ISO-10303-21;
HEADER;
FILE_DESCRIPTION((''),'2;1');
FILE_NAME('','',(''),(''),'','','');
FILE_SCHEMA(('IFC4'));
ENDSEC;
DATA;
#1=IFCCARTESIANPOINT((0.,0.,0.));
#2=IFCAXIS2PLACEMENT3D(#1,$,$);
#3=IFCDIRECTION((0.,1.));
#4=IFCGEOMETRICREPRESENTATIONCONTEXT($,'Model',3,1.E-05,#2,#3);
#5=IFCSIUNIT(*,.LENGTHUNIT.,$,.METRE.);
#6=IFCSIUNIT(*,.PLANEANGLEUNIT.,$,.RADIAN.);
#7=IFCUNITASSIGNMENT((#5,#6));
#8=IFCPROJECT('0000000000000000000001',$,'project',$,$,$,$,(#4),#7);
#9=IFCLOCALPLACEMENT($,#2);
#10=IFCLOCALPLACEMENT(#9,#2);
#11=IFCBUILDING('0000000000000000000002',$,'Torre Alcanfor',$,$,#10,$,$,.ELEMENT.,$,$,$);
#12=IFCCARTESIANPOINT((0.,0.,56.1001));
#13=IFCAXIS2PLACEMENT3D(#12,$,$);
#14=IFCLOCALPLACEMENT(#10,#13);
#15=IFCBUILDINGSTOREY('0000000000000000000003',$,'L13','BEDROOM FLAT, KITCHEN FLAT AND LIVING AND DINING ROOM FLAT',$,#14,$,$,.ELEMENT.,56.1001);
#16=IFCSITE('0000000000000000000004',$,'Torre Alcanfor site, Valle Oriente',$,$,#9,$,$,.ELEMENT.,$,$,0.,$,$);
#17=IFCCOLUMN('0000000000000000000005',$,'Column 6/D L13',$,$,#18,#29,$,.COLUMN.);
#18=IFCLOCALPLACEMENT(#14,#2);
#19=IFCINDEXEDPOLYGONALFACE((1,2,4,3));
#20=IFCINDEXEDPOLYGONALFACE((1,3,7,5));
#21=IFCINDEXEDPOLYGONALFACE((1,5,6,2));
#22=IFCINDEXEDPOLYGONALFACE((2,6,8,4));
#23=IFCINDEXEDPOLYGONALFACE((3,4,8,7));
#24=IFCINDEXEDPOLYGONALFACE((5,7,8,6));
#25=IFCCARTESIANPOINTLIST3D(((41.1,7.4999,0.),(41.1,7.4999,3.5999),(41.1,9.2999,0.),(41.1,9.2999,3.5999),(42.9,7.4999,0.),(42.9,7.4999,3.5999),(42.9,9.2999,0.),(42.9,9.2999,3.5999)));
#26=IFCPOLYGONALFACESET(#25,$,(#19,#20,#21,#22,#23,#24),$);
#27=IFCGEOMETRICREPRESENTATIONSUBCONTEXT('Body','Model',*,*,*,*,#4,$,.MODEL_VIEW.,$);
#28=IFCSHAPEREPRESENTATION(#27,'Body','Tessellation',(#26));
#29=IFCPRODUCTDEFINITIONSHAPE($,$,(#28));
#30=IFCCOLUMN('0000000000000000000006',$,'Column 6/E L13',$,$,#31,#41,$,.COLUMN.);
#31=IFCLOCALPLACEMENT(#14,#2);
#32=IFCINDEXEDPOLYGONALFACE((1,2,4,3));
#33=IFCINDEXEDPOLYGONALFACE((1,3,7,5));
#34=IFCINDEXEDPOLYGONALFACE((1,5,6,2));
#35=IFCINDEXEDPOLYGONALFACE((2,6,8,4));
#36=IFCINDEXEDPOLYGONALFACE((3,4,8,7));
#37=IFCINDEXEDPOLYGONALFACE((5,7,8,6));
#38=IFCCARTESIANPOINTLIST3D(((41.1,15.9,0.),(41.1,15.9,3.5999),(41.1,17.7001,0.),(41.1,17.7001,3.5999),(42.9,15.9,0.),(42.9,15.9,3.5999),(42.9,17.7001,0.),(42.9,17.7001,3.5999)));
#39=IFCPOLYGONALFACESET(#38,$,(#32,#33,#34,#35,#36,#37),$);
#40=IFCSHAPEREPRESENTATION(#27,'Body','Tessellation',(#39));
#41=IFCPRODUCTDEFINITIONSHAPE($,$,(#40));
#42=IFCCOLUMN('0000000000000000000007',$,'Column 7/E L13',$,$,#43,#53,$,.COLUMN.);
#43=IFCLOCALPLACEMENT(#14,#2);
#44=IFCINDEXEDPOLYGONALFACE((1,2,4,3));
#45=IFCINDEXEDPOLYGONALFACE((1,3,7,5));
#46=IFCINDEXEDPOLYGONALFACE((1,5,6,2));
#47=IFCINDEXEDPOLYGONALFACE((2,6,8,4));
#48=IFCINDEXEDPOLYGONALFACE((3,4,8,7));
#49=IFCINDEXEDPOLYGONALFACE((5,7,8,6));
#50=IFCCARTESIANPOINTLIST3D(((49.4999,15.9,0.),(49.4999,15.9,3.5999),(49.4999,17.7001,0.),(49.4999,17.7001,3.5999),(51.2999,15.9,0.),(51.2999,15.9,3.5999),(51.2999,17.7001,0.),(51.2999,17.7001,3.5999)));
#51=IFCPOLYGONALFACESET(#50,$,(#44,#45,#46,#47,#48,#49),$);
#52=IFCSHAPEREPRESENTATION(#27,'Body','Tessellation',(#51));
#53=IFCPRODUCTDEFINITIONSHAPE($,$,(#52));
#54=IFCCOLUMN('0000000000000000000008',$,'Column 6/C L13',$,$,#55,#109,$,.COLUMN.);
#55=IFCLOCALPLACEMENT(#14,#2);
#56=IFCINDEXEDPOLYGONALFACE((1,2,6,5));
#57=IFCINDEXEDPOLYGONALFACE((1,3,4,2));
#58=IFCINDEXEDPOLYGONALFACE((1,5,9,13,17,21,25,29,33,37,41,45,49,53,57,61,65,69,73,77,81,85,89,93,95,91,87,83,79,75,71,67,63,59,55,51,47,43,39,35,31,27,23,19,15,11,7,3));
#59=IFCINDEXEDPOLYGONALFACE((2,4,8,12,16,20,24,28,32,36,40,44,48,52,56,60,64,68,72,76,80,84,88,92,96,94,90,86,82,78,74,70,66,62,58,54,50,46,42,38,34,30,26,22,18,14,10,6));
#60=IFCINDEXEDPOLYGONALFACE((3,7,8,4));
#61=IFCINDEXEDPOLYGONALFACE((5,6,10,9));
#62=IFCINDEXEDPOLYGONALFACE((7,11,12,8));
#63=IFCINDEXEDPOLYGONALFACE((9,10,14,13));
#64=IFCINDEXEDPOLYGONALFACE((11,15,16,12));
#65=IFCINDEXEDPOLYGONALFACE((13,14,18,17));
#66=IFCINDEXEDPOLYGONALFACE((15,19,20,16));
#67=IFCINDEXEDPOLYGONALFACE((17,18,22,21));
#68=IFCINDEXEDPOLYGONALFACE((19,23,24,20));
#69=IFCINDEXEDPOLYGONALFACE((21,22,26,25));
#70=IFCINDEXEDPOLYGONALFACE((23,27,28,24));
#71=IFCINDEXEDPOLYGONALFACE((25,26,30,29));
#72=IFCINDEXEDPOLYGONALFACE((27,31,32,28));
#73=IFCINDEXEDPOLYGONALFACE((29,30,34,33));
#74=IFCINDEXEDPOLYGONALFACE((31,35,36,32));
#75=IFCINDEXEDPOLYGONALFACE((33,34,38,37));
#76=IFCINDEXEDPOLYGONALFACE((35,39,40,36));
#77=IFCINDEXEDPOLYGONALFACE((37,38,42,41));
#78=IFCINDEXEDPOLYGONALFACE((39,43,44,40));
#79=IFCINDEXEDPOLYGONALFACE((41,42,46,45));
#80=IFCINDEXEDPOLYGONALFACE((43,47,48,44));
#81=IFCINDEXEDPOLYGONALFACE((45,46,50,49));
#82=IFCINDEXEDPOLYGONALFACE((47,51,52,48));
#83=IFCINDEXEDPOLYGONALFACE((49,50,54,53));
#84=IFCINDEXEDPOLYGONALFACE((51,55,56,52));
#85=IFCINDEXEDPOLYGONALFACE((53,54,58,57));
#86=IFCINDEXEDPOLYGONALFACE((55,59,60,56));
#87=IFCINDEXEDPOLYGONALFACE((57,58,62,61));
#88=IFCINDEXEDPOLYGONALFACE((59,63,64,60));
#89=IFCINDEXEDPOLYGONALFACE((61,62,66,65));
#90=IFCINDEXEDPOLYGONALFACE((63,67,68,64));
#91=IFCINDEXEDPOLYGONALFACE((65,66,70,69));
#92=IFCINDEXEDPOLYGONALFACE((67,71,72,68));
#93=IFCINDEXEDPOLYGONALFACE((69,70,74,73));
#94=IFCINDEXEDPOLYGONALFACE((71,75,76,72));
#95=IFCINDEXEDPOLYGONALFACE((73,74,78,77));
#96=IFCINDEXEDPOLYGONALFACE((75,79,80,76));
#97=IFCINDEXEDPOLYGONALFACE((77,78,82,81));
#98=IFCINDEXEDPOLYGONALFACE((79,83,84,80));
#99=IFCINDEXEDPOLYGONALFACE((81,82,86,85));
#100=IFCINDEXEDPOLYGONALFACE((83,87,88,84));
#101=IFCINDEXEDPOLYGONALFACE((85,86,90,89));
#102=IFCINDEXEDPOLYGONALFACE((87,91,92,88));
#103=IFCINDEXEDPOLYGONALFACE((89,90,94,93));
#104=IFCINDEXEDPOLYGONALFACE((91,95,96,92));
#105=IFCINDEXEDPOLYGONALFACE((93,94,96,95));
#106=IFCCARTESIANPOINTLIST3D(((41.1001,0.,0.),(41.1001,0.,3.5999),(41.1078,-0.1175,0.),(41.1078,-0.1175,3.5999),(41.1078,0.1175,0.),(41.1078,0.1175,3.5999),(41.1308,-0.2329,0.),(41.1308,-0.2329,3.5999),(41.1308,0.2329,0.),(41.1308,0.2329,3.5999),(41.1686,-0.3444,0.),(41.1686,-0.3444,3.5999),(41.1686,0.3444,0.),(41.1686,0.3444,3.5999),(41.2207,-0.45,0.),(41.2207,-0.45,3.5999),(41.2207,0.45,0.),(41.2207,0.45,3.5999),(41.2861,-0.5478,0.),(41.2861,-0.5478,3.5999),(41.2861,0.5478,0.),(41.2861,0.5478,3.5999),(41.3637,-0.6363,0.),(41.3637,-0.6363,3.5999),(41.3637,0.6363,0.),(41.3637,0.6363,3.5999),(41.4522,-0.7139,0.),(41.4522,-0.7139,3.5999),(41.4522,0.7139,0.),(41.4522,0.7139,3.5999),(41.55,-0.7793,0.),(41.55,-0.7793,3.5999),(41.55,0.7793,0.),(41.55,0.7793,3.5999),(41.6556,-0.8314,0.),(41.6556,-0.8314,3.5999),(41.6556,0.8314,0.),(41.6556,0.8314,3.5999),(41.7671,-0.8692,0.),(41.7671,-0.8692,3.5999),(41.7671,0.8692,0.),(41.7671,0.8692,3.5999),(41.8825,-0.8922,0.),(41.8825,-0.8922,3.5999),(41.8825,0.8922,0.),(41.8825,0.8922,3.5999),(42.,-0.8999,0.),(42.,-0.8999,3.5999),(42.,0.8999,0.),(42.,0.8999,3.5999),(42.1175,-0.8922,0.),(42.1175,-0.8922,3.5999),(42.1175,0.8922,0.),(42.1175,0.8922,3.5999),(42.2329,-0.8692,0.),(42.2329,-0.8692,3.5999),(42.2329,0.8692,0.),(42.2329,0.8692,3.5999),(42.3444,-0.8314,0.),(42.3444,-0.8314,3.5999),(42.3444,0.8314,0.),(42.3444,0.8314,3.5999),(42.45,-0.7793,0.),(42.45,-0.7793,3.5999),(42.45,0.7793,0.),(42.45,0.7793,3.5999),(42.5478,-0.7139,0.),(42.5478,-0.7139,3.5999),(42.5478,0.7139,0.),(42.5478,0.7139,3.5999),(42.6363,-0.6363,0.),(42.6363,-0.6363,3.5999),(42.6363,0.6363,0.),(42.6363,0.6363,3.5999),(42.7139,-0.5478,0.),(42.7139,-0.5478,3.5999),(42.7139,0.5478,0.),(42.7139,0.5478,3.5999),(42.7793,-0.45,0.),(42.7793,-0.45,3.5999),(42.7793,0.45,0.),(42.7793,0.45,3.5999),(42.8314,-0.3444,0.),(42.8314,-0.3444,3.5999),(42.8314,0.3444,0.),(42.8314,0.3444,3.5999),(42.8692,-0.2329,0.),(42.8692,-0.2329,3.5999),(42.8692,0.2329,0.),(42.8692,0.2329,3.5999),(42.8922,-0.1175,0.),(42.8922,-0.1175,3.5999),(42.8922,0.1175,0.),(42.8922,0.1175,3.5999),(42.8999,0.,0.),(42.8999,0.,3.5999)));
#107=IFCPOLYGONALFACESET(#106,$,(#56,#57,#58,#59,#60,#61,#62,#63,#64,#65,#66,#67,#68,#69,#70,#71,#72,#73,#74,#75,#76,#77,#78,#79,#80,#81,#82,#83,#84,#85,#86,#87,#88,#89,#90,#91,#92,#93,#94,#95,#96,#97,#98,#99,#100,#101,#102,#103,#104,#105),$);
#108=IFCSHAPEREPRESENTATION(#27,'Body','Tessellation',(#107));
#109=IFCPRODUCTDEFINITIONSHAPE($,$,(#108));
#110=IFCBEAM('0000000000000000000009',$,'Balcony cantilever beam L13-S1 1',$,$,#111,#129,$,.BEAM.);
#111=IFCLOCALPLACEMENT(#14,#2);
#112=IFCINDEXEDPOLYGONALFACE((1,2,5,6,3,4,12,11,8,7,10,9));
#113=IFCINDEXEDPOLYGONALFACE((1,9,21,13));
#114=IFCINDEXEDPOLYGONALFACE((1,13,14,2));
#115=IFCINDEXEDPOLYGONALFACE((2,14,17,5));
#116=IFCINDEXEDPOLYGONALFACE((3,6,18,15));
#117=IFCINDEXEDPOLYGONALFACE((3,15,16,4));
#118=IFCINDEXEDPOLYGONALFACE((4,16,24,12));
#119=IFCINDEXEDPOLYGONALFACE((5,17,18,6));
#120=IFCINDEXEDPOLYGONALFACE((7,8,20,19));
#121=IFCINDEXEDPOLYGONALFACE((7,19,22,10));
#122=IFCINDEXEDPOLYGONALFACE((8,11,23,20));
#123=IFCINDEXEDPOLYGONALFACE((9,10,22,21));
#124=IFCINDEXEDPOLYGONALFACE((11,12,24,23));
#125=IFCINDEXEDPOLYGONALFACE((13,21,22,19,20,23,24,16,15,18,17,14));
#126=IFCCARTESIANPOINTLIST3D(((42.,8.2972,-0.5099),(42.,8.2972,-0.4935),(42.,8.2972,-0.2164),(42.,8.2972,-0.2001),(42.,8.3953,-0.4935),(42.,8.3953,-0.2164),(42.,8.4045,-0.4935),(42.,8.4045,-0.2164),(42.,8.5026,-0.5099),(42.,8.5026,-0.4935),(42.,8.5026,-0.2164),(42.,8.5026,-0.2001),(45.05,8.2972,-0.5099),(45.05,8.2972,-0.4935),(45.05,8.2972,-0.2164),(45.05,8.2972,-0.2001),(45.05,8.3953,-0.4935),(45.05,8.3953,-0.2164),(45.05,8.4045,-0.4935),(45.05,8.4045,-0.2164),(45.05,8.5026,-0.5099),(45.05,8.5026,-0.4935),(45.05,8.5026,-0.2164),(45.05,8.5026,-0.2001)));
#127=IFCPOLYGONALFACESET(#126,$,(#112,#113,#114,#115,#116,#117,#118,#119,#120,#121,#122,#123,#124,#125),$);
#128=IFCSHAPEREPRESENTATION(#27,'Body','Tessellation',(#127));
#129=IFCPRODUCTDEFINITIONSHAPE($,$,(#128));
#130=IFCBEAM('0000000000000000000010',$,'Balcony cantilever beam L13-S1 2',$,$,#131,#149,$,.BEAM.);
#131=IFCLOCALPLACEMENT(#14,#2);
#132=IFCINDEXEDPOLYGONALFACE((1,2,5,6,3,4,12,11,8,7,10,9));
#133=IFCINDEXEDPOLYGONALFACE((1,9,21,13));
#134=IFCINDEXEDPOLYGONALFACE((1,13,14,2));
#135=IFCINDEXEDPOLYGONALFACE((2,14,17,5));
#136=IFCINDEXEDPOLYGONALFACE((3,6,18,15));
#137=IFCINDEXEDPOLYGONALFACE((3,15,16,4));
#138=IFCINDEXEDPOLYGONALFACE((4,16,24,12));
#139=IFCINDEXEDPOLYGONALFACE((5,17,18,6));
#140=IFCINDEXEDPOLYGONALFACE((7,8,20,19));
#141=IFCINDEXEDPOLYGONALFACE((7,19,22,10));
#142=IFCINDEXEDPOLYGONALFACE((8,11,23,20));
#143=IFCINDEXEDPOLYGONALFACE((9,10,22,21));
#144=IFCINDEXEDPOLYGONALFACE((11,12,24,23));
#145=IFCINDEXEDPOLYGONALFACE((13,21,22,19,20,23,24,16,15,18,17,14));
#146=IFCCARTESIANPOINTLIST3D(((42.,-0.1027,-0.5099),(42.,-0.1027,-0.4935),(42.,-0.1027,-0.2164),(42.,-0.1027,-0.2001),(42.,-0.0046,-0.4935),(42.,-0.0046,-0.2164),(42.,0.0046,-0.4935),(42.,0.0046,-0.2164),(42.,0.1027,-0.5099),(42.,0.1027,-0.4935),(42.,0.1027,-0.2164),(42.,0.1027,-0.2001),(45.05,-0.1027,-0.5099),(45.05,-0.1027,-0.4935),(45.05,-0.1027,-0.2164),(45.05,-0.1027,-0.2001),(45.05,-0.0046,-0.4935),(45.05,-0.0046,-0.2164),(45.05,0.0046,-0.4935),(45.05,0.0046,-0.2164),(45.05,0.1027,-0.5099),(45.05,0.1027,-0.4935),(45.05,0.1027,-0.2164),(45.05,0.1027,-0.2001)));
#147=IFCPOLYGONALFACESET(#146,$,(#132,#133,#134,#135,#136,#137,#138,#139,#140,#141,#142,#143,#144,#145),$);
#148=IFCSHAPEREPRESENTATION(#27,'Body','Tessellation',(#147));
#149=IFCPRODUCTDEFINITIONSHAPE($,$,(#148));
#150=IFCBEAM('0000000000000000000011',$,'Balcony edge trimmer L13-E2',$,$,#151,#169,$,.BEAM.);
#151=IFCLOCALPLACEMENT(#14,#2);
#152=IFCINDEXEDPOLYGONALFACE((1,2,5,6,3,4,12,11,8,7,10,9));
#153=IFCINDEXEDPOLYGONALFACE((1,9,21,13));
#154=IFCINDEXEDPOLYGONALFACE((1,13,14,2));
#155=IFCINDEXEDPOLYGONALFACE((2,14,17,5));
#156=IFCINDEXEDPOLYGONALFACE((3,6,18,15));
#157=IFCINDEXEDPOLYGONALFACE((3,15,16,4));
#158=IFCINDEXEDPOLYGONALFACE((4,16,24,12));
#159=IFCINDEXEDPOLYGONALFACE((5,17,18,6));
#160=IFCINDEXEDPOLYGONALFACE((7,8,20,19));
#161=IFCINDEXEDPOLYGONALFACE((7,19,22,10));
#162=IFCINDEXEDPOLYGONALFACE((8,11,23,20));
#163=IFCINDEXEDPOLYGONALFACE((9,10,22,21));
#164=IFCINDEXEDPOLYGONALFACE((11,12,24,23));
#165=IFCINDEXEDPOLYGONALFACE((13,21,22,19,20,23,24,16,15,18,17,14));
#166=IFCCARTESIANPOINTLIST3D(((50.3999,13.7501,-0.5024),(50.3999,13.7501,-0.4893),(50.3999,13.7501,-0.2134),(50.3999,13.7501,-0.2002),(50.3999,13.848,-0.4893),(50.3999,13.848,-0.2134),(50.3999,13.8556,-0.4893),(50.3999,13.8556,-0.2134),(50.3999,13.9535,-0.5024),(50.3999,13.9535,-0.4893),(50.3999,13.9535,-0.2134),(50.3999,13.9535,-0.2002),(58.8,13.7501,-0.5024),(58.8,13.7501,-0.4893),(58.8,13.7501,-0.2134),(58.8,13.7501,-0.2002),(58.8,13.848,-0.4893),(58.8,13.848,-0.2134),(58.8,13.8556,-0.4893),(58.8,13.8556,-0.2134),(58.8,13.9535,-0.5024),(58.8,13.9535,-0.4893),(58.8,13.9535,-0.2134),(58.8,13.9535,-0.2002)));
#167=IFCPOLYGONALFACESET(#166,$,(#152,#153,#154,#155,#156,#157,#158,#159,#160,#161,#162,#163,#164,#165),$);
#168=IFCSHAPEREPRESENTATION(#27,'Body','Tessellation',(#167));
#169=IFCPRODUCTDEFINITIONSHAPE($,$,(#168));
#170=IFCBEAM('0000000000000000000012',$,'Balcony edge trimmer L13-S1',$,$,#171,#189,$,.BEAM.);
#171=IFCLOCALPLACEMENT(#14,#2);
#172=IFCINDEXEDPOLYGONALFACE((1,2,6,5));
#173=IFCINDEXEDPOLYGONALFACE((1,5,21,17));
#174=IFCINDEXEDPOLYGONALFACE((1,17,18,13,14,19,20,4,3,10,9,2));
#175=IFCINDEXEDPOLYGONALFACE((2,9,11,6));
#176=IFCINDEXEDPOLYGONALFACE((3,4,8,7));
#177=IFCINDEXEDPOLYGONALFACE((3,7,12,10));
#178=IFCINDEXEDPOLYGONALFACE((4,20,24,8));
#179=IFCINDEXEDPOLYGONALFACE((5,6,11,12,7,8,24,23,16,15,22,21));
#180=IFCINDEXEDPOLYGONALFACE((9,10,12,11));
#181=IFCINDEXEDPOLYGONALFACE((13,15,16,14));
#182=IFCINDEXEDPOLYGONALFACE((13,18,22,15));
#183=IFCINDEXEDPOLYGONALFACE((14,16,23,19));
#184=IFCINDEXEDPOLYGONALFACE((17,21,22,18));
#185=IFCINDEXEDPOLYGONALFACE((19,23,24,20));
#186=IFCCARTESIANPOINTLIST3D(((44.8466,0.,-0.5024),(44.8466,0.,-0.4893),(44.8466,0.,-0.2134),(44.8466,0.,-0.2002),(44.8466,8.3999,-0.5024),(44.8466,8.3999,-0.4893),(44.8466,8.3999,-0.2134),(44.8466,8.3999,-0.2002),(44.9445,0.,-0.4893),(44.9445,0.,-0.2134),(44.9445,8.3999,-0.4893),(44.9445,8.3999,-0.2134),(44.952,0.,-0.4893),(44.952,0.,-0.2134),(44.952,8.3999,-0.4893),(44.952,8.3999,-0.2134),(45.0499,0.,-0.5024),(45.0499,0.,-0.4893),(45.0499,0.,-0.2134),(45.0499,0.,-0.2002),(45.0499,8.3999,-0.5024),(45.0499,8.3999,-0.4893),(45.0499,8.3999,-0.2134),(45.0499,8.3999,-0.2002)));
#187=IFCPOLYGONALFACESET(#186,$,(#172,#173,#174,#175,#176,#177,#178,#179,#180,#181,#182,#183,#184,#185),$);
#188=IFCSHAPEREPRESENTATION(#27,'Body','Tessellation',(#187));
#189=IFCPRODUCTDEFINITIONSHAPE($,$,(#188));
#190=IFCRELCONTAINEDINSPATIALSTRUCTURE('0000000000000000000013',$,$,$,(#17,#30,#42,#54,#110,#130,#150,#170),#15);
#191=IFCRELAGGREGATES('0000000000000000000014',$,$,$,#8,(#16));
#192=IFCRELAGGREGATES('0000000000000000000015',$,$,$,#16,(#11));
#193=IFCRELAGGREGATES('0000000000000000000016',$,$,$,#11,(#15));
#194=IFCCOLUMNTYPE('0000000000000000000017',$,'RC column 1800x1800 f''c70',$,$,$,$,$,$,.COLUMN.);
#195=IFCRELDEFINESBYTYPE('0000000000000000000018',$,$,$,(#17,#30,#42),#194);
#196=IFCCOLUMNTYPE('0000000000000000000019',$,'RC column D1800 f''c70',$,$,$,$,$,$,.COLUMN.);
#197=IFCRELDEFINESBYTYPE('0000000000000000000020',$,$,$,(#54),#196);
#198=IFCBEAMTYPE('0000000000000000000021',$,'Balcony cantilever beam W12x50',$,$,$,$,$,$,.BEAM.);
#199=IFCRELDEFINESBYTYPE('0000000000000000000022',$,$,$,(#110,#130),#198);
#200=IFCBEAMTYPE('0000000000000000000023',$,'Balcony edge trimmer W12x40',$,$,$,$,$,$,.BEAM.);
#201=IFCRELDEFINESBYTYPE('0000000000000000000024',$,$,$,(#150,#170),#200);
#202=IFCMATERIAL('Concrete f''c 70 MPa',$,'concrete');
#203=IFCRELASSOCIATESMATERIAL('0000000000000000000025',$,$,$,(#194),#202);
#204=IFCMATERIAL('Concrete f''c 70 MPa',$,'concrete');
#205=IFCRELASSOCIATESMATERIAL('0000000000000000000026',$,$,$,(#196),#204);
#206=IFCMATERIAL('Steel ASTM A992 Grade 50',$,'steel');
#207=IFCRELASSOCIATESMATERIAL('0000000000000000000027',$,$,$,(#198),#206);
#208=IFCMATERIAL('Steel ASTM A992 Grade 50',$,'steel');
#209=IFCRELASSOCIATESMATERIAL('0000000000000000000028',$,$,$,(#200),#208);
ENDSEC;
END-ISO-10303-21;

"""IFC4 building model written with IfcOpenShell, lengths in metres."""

from ifc_helpers import new_model, si_unit, direction, frame, origin, origin_2d, place, context, subcontext, project, spatial, rectangle, circle, i_section, extrude, material, material_profile, profile_set, type_object, element, save


model = new_model("IFC4")

# Units and contexts
model_context = context("Model", 3, precision=1e-05, world=origin(), true_north=direction((0.0, 1.0)))
body_context = subcontext(model_context, "Body", "Model", "MODEL_VIEW")
ifc_project = project(units=[si_unit("LENGTHUNIT", "METRE"), si_unit("PLANEANGLEUNIT", "RADIAN")], contexts=[model_context])

# Site, building, storey
site_placement = place(None, origin())
site = spatial("IfcSite", under=ifc_project, at=site_placement, Name="Torre Alcanfor site, Valle Oriente", CompositionType="ELEMENT", RefElevation=0.0)
building_placement = place(site_placement, origin())
building = spatial("IfcBuilding", under=site, at=building_placement, Name="Torre Alcanfor", CompositionType="ELEMENT")
storey_placement = place(building_placement, frame((0.0, 0.0, 56.1001)))
storey = spatial("IfcBuildingStorey", under=building, at=storey_placement, Name="L13", Description="BEDROOM FLAT, KITCHEN FLAT AND LIVING AND DINING ROOM FLAT", CompositionType="ELEMENT", Elevation=56.1001)

# Columns
ifc_material_1 = material(Name="Concrete f'c 70 MPa", Category="concrete")
ifc_material_profile_1 = material_profile(ifc_material_1, rectangle(XDim=1.8, YDim=1.8, at=origin_2d()), Name="1800x1800")
ifc_profile_set_1 = profile_set([ifc_material_profile_1], Name="Concrete f'c 70 MPa")
column_type_1 = type_object("IfcColumnType", Name="RC column 1800x1800 f'c70", PredefinedType="COLUMN", material=ifc_profile_set_1)
for number, where, z_axis, x_axis, name in (
    (1, (42.0, 8.3999, 0.0), (0.0, 0.0, 1.0), (1.0, 0.0, 0.0), "Column 6/D L13"),
    (2, (42.0, 16.8, 0.0), (0.0, 0.0, 1.0), (1.0, 0.0, 0.0), "Column 6/E L13"),
    (3, (50.3999, 16.8, 0.0), (0.0, 0.0, 1.0), (1.0, 0.0, 0.0), "Column 7/E L13"),
):
    element("IfcColumn", number, at=place(storey_placement, frame(where, z_axis=z_axis, x_axis=x_axis)), inside=storey, type_object=column_type_1, Name=name, PredefinedType="COLUMN", context=body_context, shape_type="SweptSolid", body=[
        extrude(rectangle(XDim=1.8, YDim=1.8, at=origin_2d()), origin(), (0.0, 0.0, 1.0), 3.5999),
    ])
ifc_material_2 = material(Name="Concrete f'c 70 MPa", Category="concrete")
ifc_material_profile_2 = material_profile(ifc_material_2, circle(Radius=0.8999, at=origin_2d()), Name="D1800")
ifc_profile_set_2 = profile_set([ifc_material_profile_2], Name="Concrete f'c 70 MPa")
column_type_2 = type_object("IfcColumnType", Name="RC column D1800 f'c70", PredefinedType="COLUMN", material=ifc_profile_set_2)
column_placement = place(storey_placement, frame((42.0, 0.0, 0.0), z_axis=(0.0, 0.0, 1.0), x_axis=(1.0, 0.0, 0.0)))
element("IfcColumn", 4, at=column_placement, inside=storey, type_object=column_type_2, Name="Column 6/C L13", PredefinedType="COLUMN", context=body_context, shape_type="SweptSolid", body=[
    extrude(circle(Radius=0.8999, at=origin_2d()), origin(), (0.0, 0.0, 1.0), 3.5999),
])

# Beams
ifc_material_3 = material(Name="Steel ASTM A992 Grade 50", Category="steel")
ifc_material_profile_3 = material_profile(ifc_material_3, i_section(OverallWidth=0.2053, OverallDepth=0.3098, WebThickness=0.0093, FlangeThickness=0.0164, at=origin_2d()), Name="W12x50")
ifc_profile_set_3 = profile_set([ifc_material_profile_3], Name="Steel ASTM A992 Grade 50")
beam_type_1 = type_object("IfcBeamType", Name="Balcony cantilever beam W12x50", PredefinedType="BEAM", material=ifc_profile_set_3)
for number, where, z_axis, x_axis, name in (
    (5, (42.0, 8.3999, -0.355), (1.0, 0.0, 0.0), (0.0, 1.0, 0.0), "Balcony cantilever beam L13-S1 1"),
    (6, (42.0, 0.0, -0.355), (1.0, 0.0, 0.0), (0.0, 1.0, 0.0), "Balcony cantilever beam L13-S1 2"),
):
    element("IfcBeam", number, at=place(storey_placement, frame(where, z_axis=z_axis, x_axis=x_axis)), inside=storey, type_object=beam_type_1, Name=name, PredefinedType="BEAM", context=body_context, shape_type="SweptSolid", body=[
        extrude(i_section(OverallWidth=0.2053, OverallDepth=0.3098, WebThickness=0.0093, FlangeThickness=0.0164, at=origin_2d()), origin(), (0.0, 0.0, 1.0), 3.05),
    ])
ifc_material_4 = material(Name="Steel ASTM A992 Grade 50", Category="steel")
ifc_material_profile_4 = material_profile(ifc_material_4, i_section(OverallWidth=0.2034, OverallDepth=0.3022, WebThickness=0.0076, FlangeThickness=0.0132, at=origin_2d()), Name="W12x40")
ifc_profile_set_4 = profile_set([ifc_material_profile_4], Name="Steel ASTM A992 Grade 50")
beam_type_2 = type_object("IfcBeamType", Name="Balcony edge trimmer W12x40", PredefinedType="BEAM", material=ifc_profile_set_4)
beam_1_placement = place(storey_placement, frame((50.3999, 13.8518, -0.3513), z_axis=(1.0, 0.0, 0.0), x_axis=(0.0, 1.0, 0.0)))
element("IfcBeam", 7, at=beam_1_placement, inside=storey, type_object=beam_type_2, Name="Balcony edge trimmer L13-E2", PredefinedType="BEAM", context=body_context, shape_type="SweptSolid", body=[
    extrude(i_section(OverallWidth=0.2034, OverallDepth=0.3022, WebThickness=0.0076, FlangeThickness=0.0132, at=origin_2d()), origin(), (0.0, 0.0, 1.0), 8.4001),
])
beam_2_placement = place(storey_placement, frame((44.9482, 8.3999, -0.3513), z_axis=(0.0, -1.0, 0.0), x_axis=(1.0, 0.0, 0.0)))
element("IfcBeam", 8, at=beam_2_placement, inside=storey, type_object=beam_type_2, Name="Balcony edge trimmer L13-S1", PredefinedType="BEAM", context=body_context, shape_type="SweptSolid", body=[
    extrude(i_section(OverallWidth=0.2034, OverallDepth=0.3022, WebThickness=0.0076, FlangeThickness=0.0132, at=origin_2d()), origin(), (0.0, 0.0, 1.0), 8.3999),
])

save(model, "model.ifc")
